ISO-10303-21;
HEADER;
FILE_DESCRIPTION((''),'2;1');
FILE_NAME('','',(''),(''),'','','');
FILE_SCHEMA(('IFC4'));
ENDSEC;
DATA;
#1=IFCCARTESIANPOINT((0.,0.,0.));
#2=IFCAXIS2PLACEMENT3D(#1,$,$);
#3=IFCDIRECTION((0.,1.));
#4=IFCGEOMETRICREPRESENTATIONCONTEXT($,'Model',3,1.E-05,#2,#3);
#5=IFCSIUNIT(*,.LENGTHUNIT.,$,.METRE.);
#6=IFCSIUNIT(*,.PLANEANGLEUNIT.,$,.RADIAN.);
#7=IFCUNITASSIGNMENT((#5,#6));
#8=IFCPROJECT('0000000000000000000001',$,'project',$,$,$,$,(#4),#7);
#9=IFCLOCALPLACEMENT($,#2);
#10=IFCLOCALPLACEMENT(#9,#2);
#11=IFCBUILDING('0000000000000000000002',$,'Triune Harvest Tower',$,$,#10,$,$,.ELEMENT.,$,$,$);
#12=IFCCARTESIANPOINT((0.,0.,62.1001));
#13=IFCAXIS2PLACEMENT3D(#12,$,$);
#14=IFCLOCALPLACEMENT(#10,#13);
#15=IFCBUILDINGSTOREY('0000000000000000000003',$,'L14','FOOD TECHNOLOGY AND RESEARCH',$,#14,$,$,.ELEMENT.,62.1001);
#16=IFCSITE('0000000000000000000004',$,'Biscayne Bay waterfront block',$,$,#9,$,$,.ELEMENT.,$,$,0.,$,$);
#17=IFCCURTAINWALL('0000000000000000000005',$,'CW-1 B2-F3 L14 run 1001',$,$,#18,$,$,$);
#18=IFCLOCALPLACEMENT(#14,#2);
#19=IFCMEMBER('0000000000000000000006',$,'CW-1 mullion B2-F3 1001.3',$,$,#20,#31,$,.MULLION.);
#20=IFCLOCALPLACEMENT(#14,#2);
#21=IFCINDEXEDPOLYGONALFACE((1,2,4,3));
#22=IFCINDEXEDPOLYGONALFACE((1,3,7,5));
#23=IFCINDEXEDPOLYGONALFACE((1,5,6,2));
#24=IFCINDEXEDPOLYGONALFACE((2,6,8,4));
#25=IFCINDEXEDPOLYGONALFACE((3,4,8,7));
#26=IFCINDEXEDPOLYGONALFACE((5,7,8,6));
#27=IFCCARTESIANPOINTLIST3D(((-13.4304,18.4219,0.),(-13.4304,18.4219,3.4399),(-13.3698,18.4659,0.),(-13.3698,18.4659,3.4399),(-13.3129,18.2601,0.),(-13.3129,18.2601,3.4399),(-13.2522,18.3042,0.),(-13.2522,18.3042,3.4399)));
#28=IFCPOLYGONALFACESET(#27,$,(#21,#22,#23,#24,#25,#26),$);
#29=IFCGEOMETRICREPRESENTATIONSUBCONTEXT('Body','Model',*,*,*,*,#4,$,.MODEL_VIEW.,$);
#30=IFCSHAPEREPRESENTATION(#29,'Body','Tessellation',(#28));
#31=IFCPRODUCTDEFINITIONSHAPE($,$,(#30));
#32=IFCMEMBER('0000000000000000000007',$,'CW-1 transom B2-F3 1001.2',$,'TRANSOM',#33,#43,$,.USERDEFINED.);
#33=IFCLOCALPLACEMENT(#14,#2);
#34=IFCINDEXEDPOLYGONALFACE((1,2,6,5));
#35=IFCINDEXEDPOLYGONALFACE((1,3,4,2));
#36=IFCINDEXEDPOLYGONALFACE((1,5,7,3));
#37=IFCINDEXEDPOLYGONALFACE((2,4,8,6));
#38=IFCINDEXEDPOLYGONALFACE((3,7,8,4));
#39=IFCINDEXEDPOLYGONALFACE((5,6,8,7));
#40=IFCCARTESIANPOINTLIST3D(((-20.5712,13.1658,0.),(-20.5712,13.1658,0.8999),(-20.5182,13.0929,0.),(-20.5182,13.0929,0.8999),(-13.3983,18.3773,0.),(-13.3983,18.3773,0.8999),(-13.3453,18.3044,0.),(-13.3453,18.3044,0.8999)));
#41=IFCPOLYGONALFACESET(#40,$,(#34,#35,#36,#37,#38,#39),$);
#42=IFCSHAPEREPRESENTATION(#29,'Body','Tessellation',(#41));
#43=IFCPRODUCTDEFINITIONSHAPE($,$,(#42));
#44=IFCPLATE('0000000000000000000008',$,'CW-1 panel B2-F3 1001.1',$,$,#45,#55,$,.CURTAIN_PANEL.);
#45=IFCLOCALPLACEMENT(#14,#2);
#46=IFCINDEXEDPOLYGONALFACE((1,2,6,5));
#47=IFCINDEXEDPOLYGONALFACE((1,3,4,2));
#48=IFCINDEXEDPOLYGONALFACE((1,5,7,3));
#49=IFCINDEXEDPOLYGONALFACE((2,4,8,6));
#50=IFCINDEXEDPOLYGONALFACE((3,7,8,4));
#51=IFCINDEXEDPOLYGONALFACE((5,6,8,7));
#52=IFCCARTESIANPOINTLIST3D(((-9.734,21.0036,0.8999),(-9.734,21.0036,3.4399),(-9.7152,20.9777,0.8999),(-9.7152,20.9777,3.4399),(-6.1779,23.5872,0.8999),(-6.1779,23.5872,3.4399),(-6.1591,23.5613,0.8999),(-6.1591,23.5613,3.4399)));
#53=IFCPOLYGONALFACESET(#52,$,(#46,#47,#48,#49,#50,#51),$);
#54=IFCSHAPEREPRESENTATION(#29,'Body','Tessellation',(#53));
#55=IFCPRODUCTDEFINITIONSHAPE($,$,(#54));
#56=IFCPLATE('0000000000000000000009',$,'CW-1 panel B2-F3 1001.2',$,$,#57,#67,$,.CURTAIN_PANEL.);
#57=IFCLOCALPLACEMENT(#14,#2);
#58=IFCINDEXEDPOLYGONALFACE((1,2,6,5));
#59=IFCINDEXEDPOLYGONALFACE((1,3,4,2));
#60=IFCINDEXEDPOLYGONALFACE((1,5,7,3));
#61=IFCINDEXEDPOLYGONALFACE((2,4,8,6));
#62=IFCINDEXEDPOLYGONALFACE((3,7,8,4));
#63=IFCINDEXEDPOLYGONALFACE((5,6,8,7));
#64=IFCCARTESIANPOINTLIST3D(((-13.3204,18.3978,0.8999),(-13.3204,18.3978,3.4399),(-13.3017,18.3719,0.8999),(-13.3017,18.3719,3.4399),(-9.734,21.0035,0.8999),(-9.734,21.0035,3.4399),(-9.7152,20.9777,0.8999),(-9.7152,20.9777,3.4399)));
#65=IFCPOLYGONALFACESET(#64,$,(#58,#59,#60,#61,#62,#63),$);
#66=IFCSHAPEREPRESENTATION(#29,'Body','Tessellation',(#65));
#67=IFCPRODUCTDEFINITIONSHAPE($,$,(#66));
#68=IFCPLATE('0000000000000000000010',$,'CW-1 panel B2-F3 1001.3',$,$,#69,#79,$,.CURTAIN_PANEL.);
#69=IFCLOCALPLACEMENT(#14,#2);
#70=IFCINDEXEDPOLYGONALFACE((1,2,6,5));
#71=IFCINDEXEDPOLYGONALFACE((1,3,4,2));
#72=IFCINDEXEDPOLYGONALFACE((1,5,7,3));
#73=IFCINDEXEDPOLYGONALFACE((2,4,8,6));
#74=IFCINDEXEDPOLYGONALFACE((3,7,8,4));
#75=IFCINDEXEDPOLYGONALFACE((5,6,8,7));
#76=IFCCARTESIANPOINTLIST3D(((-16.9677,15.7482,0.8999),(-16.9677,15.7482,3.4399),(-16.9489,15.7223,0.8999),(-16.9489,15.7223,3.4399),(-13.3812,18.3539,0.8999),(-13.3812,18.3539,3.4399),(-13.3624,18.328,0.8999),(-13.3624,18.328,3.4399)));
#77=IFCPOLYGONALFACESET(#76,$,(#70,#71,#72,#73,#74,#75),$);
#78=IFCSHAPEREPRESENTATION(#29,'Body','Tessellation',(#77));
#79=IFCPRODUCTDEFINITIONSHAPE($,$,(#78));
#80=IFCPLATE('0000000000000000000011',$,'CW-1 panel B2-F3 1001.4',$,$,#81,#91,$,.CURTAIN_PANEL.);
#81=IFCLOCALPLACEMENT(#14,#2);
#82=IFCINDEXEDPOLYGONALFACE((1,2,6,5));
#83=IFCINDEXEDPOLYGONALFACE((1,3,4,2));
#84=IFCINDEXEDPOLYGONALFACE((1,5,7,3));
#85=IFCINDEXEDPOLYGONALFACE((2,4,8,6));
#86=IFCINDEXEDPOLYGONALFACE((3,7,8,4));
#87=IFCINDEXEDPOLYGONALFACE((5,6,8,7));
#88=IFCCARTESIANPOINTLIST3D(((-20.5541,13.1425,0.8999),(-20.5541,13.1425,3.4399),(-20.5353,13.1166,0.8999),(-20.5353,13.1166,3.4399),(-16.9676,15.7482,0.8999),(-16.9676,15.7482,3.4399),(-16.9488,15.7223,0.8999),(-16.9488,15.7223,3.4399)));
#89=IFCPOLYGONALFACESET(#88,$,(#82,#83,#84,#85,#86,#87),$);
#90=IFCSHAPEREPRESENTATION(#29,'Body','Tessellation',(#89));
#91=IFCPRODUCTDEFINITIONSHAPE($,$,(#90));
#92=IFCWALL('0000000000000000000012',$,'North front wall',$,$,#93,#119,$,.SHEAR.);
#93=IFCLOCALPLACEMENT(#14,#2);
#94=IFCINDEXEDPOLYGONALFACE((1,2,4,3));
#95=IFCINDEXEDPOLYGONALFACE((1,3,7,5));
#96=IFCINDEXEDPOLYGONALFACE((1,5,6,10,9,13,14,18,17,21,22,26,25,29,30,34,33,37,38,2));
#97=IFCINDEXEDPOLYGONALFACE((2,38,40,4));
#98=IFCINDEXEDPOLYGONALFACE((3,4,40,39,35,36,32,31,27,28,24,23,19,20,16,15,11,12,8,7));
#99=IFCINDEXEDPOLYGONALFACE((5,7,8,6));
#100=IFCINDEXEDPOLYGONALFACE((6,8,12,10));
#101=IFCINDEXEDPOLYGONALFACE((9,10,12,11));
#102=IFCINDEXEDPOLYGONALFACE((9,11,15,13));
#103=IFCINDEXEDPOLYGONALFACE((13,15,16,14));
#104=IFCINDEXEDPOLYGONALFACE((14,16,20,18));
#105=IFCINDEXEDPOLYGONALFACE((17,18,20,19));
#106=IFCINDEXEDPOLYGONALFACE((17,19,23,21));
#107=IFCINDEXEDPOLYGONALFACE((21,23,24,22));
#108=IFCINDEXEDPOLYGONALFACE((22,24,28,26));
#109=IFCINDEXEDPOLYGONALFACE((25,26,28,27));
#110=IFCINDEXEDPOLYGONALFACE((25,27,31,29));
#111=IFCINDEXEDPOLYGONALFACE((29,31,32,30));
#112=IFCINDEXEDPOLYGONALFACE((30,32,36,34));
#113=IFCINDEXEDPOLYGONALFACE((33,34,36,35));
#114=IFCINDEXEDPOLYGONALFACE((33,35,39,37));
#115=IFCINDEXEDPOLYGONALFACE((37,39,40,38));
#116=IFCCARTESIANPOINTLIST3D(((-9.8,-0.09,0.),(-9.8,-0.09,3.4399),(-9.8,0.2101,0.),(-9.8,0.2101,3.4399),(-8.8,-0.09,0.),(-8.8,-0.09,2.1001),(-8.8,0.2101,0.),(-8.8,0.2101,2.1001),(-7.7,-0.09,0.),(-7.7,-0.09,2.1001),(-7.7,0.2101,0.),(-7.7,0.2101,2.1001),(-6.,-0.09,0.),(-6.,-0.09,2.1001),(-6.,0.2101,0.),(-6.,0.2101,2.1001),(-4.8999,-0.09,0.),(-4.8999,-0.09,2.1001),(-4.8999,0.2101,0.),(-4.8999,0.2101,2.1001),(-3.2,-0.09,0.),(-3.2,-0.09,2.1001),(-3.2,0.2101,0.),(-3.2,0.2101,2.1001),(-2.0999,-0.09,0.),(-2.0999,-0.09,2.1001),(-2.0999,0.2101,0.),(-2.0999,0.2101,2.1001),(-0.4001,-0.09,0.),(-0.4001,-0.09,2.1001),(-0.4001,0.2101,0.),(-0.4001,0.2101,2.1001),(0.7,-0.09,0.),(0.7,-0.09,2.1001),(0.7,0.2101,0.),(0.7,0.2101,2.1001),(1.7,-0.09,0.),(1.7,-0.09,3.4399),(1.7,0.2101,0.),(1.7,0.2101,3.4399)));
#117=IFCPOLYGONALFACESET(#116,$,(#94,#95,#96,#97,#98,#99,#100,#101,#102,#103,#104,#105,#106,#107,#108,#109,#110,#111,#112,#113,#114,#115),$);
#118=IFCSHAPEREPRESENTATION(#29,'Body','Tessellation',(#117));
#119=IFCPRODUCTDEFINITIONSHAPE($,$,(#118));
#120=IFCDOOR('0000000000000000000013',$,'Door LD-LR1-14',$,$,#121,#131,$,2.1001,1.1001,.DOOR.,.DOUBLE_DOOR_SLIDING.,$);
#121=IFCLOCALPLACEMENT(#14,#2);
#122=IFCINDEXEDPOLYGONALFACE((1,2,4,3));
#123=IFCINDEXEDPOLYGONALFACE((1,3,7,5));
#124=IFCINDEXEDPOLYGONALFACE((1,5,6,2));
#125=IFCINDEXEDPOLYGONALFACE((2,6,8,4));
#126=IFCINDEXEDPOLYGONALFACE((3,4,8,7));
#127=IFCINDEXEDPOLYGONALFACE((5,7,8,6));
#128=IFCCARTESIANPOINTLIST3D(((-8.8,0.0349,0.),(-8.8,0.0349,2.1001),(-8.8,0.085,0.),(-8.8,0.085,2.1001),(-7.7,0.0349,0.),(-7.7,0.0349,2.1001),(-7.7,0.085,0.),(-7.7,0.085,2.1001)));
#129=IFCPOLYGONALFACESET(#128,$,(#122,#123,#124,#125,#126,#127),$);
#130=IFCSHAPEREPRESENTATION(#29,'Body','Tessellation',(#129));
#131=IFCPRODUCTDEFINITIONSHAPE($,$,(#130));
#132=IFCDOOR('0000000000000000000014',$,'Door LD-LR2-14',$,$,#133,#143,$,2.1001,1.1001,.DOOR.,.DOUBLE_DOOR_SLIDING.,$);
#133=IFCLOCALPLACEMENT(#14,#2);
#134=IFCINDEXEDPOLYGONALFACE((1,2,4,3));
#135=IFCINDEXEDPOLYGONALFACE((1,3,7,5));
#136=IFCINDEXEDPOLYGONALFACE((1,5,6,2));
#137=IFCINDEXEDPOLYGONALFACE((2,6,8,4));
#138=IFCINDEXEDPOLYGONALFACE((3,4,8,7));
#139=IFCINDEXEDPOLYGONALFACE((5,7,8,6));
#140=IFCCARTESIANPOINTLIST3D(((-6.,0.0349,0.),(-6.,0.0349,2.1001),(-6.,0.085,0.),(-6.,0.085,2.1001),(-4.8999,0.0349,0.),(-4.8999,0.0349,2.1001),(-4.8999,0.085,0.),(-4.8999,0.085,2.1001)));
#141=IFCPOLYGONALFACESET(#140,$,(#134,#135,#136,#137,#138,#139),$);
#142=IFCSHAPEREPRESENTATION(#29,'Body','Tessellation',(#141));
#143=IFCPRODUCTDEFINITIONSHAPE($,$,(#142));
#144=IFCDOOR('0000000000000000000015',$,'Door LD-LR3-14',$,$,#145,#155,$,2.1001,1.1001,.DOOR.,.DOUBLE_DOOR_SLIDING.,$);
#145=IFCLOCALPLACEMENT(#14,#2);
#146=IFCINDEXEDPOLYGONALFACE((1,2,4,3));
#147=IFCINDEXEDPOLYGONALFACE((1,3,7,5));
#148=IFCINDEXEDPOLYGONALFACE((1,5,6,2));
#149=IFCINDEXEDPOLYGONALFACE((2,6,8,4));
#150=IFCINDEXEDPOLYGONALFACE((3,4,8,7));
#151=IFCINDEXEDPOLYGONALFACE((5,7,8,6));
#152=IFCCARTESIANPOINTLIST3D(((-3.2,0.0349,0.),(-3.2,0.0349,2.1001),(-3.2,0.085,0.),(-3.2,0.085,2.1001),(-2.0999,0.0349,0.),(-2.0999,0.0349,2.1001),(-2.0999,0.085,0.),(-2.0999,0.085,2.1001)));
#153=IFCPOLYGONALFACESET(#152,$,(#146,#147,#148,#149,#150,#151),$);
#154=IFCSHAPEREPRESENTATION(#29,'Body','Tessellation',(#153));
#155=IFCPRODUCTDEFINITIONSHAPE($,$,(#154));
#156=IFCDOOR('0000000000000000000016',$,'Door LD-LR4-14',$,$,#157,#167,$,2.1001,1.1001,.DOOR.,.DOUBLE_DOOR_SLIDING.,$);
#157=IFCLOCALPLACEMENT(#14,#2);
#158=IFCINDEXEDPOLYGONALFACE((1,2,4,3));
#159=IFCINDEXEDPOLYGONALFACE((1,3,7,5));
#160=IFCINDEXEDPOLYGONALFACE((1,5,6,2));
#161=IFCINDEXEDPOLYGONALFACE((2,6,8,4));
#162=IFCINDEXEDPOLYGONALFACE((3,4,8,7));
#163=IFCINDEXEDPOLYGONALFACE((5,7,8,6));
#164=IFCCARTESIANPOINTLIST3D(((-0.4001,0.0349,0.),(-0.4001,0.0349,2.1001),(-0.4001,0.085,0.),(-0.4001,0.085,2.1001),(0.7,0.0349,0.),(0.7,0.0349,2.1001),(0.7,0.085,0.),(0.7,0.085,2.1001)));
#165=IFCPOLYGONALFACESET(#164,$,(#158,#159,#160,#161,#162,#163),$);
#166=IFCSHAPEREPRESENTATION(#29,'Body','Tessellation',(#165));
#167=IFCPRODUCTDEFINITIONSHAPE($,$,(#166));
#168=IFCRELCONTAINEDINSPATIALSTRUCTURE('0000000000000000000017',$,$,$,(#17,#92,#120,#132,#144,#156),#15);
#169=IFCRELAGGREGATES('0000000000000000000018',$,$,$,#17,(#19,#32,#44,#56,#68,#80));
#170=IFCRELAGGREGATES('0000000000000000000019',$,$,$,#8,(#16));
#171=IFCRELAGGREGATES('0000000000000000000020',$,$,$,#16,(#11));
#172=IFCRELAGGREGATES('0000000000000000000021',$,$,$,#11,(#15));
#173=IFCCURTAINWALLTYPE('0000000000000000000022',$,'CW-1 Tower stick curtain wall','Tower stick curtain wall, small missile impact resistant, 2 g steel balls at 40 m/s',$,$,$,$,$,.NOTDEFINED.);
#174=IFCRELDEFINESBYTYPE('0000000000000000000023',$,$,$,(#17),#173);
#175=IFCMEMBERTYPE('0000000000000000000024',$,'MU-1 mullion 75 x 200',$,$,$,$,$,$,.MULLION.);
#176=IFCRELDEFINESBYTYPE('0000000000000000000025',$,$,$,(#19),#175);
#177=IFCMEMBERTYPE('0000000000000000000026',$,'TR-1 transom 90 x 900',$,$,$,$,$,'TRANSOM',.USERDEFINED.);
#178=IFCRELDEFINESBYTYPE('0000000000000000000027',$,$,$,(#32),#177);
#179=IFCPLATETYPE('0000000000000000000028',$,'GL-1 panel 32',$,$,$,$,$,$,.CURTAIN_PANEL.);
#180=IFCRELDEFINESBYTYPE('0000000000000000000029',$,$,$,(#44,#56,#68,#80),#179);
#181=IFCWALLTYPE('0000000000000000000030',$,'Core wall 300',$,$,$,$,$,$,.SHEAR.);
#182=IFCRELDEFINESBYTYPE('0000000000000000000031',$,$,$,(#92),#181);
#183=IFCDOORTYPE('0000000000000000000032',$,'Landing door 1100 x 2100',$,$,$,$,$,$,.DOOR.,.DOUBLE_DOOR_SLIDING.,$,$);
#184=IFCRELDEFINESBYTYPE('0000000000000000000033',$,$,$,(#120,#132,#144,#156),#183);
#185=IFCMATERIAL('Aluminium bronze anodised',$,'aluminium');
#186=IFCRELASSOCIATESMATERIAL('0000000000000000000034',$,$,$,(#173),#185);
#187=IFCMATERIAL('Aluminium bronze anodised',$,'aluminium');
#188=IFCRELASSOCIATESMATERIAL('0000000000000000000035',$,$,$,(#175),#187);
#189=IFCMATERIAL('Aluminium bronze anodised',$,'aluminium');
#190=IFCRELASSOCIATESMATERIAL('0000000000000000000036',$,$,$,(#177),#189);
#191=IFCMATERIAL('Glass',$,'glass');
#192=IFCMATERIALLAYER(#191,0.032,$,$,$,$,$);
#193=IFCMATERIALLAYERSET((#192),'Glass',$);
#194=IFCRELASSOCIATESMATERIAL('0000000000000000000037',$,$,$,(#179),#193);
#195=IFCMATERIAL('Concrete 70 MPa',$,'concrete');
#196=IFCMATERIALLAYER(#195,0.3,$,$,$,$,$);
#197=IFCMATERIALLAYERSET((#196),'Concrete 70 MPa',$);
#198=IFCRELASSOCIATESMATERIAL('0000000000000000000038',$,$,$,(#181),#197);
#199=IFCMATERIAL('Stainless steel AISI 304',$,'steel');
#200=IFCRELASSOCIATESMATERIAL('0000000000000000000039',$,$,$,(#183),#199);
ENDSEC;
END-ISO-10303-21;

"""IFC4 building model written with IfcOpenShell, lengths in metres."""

from ifc_helpers import new_model, si_unit, direction, frame, frame_2d, origin, origin_2d, place, context, subcontext, project, spatial, rectangle, extrude, source, transform, mapped, material, layer, layer_set, material_profile, profile_set, type_object, element, fill, aggregate, save


model = new_model("IFC4")

# Units and contexts
model_context = context("Model", 3, precision=1e-05, world=origin(), true_north=direction((0.0, 1.0)))
body_context = subcontext(model_context, "Body", "Model", "MODEL_VIEW")
ifc_project = project(units=[si_unit("LENGTHUNIT", "METRE"), si_unit("PLANEANGLEUNIT", "RADIAN")], contexts=[model_context])

# Site, building, storey
site_placement = place(None, origin())
site = spatial("IfcSite", under=ifc_project, at=site_placement, Name="Biscayne Bay waterfront block", CompositionType="ELEMENT", RefElevation=0.0)
building_placement = place(site_placement, origin())
building = spatial("IfcBuilding", under=site, at=building_placement, Name="Triune Harvest Tower", CompositionType="ELEMENT")
storey_placement = place(building_placement, frame((0.0, 0.0, 62.1001)))
storey = spatial("IfcBuildingStorey", under=building, at=storey_placement, Name="L14", Description="FOOD TECHNOLOGY AND RESEARCH", CompositionType="ELEMENT", Elevation=62.1001)

# Curtain wall, members, plates
ifc_material_1 = material(Name="Aluminium bronze anodised", Category="aluminium")
curtain_wall_type = type_object("IfcCurtainWallType", Name="CW-1 Tower stick curtain wall", Description="Tower stick curtain wall, small missile impact resistant, 2 g steel balls at 40 m/s", PredefinedType="NOTDEFINED", material=ifc_material_1)
curtain_wall_placement = place(storey_placement, origin())
curtain_wall = element("IfcCurtainWall", 1, at=curtain_wall_placement, inside=storey, type_object=curtain_wall_type, Name="CW-1 B2-F3 L14 run 1001")
ifc_material_2 = material(Name="Aluminium bronze anodised", Category="aluminium")
ifc_material_profile_1 = material_profile(ifc_material_2, rectangle(XDim=0.2, YDim=0.075, at=origin_2d()), Name="MU-1 mullion 75 x 200")
ifc_profile_set_1 = profile_set([ifc_material_profile_1], Name="Aluminium bronze anodised")
member_type_1 = type_object("IfcMemberType", Name="MU-1 mullion 75 x 200", PredefinedType="MULLION", material=ifc_profile_set_1)
shared_shape_1 = source(origin(), body_context, "Body", "SweptSolid", [
    extrude(rectangle(XDim=0.2, YDim=0.075, at=origin_2d()), origin(), (0.0, 0.0, 1.0), 3.4399),
])
member_1_placement = place(storey_placement, frame((-13.3413, 18.363, 0.0), z_axis=(0.0, 0.0, 1.0), x_axis=(0.587786, -0.809016, 0.0)))
member_1 = element("IfcMember", 2, at=member_1_placement, type_object=member_type_1, Name="CW-1 mullion B2-F3 1001.3", PredefinedType="MULLION", context=body_context, shape_type="MappedRepresentation", body=[
    mapped(shared_shape_1, transform((0.0, 0.0, 0.0), scale=1.0)),
])
ifc_material_3 = material(Name="Aluminium bronze anodised", Category="aluminium")
ifc_material_profile_2 = material_profile(ifc_material_3, rectangle(XDim=0.0901, YDim=0.8999, at=origin_2d()), Name="TR-1 transom 90 x 900")
ifc_profile_set_2 = profile_set([ifc_material_profile_2], Name="Aluminium bronze anodised")
member_type_2 = type_object("IfcMemberType", Name="TR-1 transom 90 x 900", ElementType="TRANSOM", PredefinedType="USERDEFINED", material=ifc_profile_set_2)
shared_shape_2 = source(origin(), body_context, "Body", "SweptSolid", [
    extrude(rectangle(XDim=0.0901, YDim=0.8999, at=origin_2d()), origin(), (0.0, 0.0, 1.0), 8.8662),
])
member_2_placement = place(storey_placement, frame((-13.3718, 18.3408, 0.45), z_axis=(-0.809015, -0.587789, 0.0), x_axis=(0.587789, -0.809015, 0.0)))
member_2 = element("IfcMember", 3, at=member_2_placement, type_object=member_type_2, Name="CW-1 transom B2-F3 1001.2", ObjectType="TRANSOM", PredefinedType="USERDEFINED", context=body_context, shape_type="MappedRepresentation", body=[
    mapped(shared_shape_2, transform((0.0, 0.0, 0.0), scale=1.0)),
])
ifc_material_4 = material(Name="Glass", Category="glass")
ifc_layer_1 = layer(ifc_material_4, 0.032)
ifc_layer_set_1 = layer_set([ifc_layer_1], Name="Glass")
plate_type = type_object("IfcPlateType", Name="GL-1 panel 32", PredefinedType="CURTAIN_PANEL", material=ifc_layer_set_1)
shared_shape_3 = source(origin(), body_context, "Body", "SweptSolid", [
    extrude(rectangle(XDim=4.3955, YDim=0.032, at=origin_2d()), origin(), (0.0, 0.0, 1.0), 2.54),
])
plate_1_placement = place(storey_placement, frame((-7.9465, 22.2825, 0.8999), z_axis=(0.0, 0.0, 1.0), x_axis=(-0.809016, -0.587786, 0.0)))
plate_1 = element("IfcPlate", 4, at=plate_1_placement, type_object=plate_type, Name="CW-1 panel B2-F3 1001.1", PredefinedType="CURTAIN_PANEL", context=body_context, shape_type="MappedRepresentation", body=[
    mapped(shared_shape_3, transform((0.0, 0.0, 0.0), scale=1.0)),
])
shared_shape_4 = source(origin(), body_context, "Body", "SweptSolid", [
    extrude(rectangle(XDim=4.4331, YDim=0.032, at=origin_2d()), origin(), (0.0, 0.0, 1.0), 2.54),
])
plate_2_placement = place(storey_placement, frame((-11.5178, 19.6877, 0.8999), z_axis=(0.0, 0.0, 1.0), x_axis=(-0.809016, -0.587786, 0.0)))
plate_2 = element("IfcPlate", 5, at=plate_2_placement, type_object=plate_type, Name="CW-1 panel B2-F3 1001.2", PredefinedType="CURTAIN_PANEL", context=body_context, shape_type="MappedRepresentation", body=[
    mapped(shared_shape_4, transform((0.0, 0.0, 0.0), scale=1.0)),
])
plate_3_placement = place(storey_placement, frame((-15.165, 17.0381, 0.8999), z_axis=(0.0, 0.0, 1.0), x_axis=(-0.809016, -0.587786, 0.0)))
plate_3 = element("IfcPlate", 6, at=plate_3_placement, type_object=plate_type, Name="CW-1 panel B2-F3 1001.3", PredefinedType="CURTAIN_PANEL", context=body_context, shape_type="MappedRepresentation", body=[
    mapped(shared_shape_4, transform((0.0, 0.0, 0.0), scale=1.0)),
])
plate_4_placement = place(storey_placement, frame((-18.7515, 14.4324, 0.8999), z_axis=(0.0, 0.0, 1.0), x_axis=(-0.809016, -0.587786, 0.0)))
plate_4 = element("IfcPlate", 7, at=plate_4_placement, type_object=plate_type, Name="CW-1 panel B2-F3 1001.4", PredefinedType="CURTAIN_PANEL", context=body_context, shape_type="MappedRepresentation", body=[
    mapped(shared_shape_4, transform((0.0, 0.0, 0.0), scale=1.0)),
])
aggregate(curtain_wall, [member_1, member_2, plate_1, plate_2, plate_3, plate_4])

# Wall, openings, doors
ifc_material_5 = material(Name="Concrete 70 MPa", Category="concrete")
ifc_layer_2 = layer(ifc_material_5, 0.3)
ifc_layer_set_2 = layer_set([ifc_layer_2], Name="Concrete 70 MPa")
wall_type_1 = type_object("IfcWallType", Name="Core wall 300", PredefinedType="SHEAR", material=ifc_layer_set_2)
shared_shape_5 = source(origin(), body_context, "Body", "SweptSolid", [
    extrude(rectangle(XDim=11.5, YDim=0.3, at=frame_2d((5.75, 0.0))), origin(), (0.0, 0.0, 1.0), 3.4399),
])
wall_1_placement = place(storey_placement, frame((-9.8, 0.0601, 0.0), z_axis=(0.0, 0.0, 1.0), x_axis=(1.0, 0.0, 0.0)))
wall_1 = element("IfcWall", 8, at=wall_1_placement, inside=storey, type_object=wall_type_1, Name="North front wall", PredefinedType="SHEAR", context=body_context, shape_type="MappedRepresentation", body=[
    mapped(shared_shape_5, transform((0.0, 0.0, 0.0), scale=1.0)),
])
opening_1_placement = place(wall_1_placement, frame((1.0, 0.0, 0.0)))
opening_1 = element("IfcOpeningElement", 9, at=opening_1_placement, cuts=wall_1, PredefinedType="OPENING", context=body_context, shape_type="SweptSolid", body=[
    extrude(rectangle(XDim=1.1001, YDim=2.1001, at=frame_2d((0.55, 1.05))), frame((0.0, 0.1602, 0.0), z_axis=(0.0, -1.0, 0.0), x_axis=(1.0, 0.0, 0.0)), (0.0, 0.0, 1.0), 0.3201),
])
opening_2_placement = place(wall_1_placement, frame((3.8, 0.0, 0.0)))
opening_2 = element("IfcOpeningElement", 10, at=opening_2_placement, cuts=wall_1, PredefinedType="OPENING", context=body_context, shape_type="SweptSolid", body=[
    extrude(rectangle(XDim=1.1001, YDim=2.1001, at=frame_2d((0.55, 1.05))), frame((0.0, 0.1602, 0.0), z_axis=(0.0, -1.0, 0.0), x_axis=(1.0, 0.0, 0.0)), (0.0, 0.0, 1.0), 0.3201),
])
opening_3_placement = place(wall_1_placement, frame((6.6001, 0.0, 0.0)))
opening_3 = element("IfcOpeningElement", 11, at=opening_3_placement, cuts=wall_1, PredefinedType="OPENING", context=body_context, shape_type="SweptSolid", body=[
    extrude(rectangle(XDim=1.1001, YDim=2.1001, at=frame_2d((0.55, 1.05))), frame((0.0, 0.1602, 0.0), z_axis=(0.0, -1.0, 0.0), x_axis=(1.0, 0.0, 0.0)), (0.0, 0.0, 1.0), 0.3201),
])
opening_4_placement = place(wall_1_placement, frame((9.3999, 0.0, 0.0)))
opening_4 = element("IfcOpeningElement", 12, at=opening_4_placement, cuts=wall_1, PredefinedType="OPENING", context=body_context, shape_type="SweptSolid", body=[
    extrude(rectangle(XDim=1.1001, YDim=2.1001, at=frame_2d((0.55, 1.05))), frame((0.0, 0.1602, 0.0), z_axis=(0.0, -1.0, 0.0), x_axis=(1.0, 0.0, 0.0)), (0.0, 0.0, 1.0), 0.3201),
])
ifc_material_6 = material(Name="Stainless steel AISI 304", Category="steel")
door_type_1 = type_object("IfcDoorType", Name="Landing door 1100 x 2100", OperationType="DOUBLE_DOOR_SLIDING", PredefinedType="DOOR", material=ifc_material_6)
door_1_placement = place(opening_1_placement, origin())
door_1 = element("IfcDoor", 13, at=door_1_placement, inside=storey, type_object=door_type_1, Name="Door LD-LR1-14", OperationType="DOUBLE_DOOR_SLIDING", OverallHeight=2.1001, OverallWidth=1.1001, PredefinedType="DOOR", context=body_context, shape_type="SweptSolid", body=[
    extrude(rectangle(XDim=1.1001, YDim=2.1001, at=frame_2d((0.55, 1.05))), frame((0.0, 0.0249, 0.0), z_axis=(0.0, -1.0, 0.0), x_axis=(1.0, 0.0, 0.0)), (0.0, 0.0, 1.0), 0.05),
])
fill(opening_1, door_1)
door_2_placement = place(opening_2_placement, origin())
door_2 = element("IfcDoor", 14, at=door_2_placement, inside=storey, type_object=door_type_1, Name="Door LD-LR2-14", OperationType="DOUBLE_DOOR_SLIDING", OverallHeight=2.1001, OverallWidth=1.1001, PredefinedType="DOOR", context=body_context, shape_type="SweptSolid", body=[
    extrude(rectangle(XDim=1.1001, YDim=2.1001, at=frame_2d((0.55, 1.05))), frame((0.0, 0.0249, 0.0), z_axis=(0.0, -1.0, 0.0), x_axis=(1.0, 0.0, 0.0)), (0.0, 0.0, 1.0), 0.05),
])
fill(opening_2, door_2)
door_3_placement = place(opening_3_placement, origin())
door_3 = element("IfcDoor", 15, at=door_3_placement, inside=storey, type_object=door_type_1, Name="Door LD-LR3-14", OperationType="DOUBLE_DOOR_SLIDING", OverallHeight=2.1001, OverallWidth=1.1001, PredefinedType="DOOR", context=body_context, shape_type="SweptSolid", body=[
    extrude(rectangle(XDim=1.1001, YDim=2.1001, at=frame_2d((0.55, 1.05))), frame((0.0, 0.0249, 0.0), z_axis=(0.0, -1.0, 0.0), x_axis=(1.0, 0.0, 0.0)), (0.0, 0.0, 1.0), 0.05),
])
fill(opening_3, door_3)
door_4_placement = place(opening_4_placement, origin())
door_4 = element("IfcDoor", 16, at=door_4_placement, inside=storey, type_object=door_type_1, Name="Door LD-LR4-14", OperationType="DOUBLE_DOOR_SLIDING", OverallHeight=2.1001, OverallWidth=1.1001, PredefinedType="DOOR", context=body_context, shape_type="SweptSolid", body=[
    extrude(rectangle(XDim=1.1001, YDim=2.1001, at=frame_2d((0.55, 1.05))), frame((0.0, 0.0249, 0.0), z_axis=(0.0, -1.0, 0.0), x_axis=(1.0, 0.0, 0.0)), (0.0, 0.0, 1.0), 0.05),
])
fill(opening_4, door_4)

save(model, "model.ifc")
